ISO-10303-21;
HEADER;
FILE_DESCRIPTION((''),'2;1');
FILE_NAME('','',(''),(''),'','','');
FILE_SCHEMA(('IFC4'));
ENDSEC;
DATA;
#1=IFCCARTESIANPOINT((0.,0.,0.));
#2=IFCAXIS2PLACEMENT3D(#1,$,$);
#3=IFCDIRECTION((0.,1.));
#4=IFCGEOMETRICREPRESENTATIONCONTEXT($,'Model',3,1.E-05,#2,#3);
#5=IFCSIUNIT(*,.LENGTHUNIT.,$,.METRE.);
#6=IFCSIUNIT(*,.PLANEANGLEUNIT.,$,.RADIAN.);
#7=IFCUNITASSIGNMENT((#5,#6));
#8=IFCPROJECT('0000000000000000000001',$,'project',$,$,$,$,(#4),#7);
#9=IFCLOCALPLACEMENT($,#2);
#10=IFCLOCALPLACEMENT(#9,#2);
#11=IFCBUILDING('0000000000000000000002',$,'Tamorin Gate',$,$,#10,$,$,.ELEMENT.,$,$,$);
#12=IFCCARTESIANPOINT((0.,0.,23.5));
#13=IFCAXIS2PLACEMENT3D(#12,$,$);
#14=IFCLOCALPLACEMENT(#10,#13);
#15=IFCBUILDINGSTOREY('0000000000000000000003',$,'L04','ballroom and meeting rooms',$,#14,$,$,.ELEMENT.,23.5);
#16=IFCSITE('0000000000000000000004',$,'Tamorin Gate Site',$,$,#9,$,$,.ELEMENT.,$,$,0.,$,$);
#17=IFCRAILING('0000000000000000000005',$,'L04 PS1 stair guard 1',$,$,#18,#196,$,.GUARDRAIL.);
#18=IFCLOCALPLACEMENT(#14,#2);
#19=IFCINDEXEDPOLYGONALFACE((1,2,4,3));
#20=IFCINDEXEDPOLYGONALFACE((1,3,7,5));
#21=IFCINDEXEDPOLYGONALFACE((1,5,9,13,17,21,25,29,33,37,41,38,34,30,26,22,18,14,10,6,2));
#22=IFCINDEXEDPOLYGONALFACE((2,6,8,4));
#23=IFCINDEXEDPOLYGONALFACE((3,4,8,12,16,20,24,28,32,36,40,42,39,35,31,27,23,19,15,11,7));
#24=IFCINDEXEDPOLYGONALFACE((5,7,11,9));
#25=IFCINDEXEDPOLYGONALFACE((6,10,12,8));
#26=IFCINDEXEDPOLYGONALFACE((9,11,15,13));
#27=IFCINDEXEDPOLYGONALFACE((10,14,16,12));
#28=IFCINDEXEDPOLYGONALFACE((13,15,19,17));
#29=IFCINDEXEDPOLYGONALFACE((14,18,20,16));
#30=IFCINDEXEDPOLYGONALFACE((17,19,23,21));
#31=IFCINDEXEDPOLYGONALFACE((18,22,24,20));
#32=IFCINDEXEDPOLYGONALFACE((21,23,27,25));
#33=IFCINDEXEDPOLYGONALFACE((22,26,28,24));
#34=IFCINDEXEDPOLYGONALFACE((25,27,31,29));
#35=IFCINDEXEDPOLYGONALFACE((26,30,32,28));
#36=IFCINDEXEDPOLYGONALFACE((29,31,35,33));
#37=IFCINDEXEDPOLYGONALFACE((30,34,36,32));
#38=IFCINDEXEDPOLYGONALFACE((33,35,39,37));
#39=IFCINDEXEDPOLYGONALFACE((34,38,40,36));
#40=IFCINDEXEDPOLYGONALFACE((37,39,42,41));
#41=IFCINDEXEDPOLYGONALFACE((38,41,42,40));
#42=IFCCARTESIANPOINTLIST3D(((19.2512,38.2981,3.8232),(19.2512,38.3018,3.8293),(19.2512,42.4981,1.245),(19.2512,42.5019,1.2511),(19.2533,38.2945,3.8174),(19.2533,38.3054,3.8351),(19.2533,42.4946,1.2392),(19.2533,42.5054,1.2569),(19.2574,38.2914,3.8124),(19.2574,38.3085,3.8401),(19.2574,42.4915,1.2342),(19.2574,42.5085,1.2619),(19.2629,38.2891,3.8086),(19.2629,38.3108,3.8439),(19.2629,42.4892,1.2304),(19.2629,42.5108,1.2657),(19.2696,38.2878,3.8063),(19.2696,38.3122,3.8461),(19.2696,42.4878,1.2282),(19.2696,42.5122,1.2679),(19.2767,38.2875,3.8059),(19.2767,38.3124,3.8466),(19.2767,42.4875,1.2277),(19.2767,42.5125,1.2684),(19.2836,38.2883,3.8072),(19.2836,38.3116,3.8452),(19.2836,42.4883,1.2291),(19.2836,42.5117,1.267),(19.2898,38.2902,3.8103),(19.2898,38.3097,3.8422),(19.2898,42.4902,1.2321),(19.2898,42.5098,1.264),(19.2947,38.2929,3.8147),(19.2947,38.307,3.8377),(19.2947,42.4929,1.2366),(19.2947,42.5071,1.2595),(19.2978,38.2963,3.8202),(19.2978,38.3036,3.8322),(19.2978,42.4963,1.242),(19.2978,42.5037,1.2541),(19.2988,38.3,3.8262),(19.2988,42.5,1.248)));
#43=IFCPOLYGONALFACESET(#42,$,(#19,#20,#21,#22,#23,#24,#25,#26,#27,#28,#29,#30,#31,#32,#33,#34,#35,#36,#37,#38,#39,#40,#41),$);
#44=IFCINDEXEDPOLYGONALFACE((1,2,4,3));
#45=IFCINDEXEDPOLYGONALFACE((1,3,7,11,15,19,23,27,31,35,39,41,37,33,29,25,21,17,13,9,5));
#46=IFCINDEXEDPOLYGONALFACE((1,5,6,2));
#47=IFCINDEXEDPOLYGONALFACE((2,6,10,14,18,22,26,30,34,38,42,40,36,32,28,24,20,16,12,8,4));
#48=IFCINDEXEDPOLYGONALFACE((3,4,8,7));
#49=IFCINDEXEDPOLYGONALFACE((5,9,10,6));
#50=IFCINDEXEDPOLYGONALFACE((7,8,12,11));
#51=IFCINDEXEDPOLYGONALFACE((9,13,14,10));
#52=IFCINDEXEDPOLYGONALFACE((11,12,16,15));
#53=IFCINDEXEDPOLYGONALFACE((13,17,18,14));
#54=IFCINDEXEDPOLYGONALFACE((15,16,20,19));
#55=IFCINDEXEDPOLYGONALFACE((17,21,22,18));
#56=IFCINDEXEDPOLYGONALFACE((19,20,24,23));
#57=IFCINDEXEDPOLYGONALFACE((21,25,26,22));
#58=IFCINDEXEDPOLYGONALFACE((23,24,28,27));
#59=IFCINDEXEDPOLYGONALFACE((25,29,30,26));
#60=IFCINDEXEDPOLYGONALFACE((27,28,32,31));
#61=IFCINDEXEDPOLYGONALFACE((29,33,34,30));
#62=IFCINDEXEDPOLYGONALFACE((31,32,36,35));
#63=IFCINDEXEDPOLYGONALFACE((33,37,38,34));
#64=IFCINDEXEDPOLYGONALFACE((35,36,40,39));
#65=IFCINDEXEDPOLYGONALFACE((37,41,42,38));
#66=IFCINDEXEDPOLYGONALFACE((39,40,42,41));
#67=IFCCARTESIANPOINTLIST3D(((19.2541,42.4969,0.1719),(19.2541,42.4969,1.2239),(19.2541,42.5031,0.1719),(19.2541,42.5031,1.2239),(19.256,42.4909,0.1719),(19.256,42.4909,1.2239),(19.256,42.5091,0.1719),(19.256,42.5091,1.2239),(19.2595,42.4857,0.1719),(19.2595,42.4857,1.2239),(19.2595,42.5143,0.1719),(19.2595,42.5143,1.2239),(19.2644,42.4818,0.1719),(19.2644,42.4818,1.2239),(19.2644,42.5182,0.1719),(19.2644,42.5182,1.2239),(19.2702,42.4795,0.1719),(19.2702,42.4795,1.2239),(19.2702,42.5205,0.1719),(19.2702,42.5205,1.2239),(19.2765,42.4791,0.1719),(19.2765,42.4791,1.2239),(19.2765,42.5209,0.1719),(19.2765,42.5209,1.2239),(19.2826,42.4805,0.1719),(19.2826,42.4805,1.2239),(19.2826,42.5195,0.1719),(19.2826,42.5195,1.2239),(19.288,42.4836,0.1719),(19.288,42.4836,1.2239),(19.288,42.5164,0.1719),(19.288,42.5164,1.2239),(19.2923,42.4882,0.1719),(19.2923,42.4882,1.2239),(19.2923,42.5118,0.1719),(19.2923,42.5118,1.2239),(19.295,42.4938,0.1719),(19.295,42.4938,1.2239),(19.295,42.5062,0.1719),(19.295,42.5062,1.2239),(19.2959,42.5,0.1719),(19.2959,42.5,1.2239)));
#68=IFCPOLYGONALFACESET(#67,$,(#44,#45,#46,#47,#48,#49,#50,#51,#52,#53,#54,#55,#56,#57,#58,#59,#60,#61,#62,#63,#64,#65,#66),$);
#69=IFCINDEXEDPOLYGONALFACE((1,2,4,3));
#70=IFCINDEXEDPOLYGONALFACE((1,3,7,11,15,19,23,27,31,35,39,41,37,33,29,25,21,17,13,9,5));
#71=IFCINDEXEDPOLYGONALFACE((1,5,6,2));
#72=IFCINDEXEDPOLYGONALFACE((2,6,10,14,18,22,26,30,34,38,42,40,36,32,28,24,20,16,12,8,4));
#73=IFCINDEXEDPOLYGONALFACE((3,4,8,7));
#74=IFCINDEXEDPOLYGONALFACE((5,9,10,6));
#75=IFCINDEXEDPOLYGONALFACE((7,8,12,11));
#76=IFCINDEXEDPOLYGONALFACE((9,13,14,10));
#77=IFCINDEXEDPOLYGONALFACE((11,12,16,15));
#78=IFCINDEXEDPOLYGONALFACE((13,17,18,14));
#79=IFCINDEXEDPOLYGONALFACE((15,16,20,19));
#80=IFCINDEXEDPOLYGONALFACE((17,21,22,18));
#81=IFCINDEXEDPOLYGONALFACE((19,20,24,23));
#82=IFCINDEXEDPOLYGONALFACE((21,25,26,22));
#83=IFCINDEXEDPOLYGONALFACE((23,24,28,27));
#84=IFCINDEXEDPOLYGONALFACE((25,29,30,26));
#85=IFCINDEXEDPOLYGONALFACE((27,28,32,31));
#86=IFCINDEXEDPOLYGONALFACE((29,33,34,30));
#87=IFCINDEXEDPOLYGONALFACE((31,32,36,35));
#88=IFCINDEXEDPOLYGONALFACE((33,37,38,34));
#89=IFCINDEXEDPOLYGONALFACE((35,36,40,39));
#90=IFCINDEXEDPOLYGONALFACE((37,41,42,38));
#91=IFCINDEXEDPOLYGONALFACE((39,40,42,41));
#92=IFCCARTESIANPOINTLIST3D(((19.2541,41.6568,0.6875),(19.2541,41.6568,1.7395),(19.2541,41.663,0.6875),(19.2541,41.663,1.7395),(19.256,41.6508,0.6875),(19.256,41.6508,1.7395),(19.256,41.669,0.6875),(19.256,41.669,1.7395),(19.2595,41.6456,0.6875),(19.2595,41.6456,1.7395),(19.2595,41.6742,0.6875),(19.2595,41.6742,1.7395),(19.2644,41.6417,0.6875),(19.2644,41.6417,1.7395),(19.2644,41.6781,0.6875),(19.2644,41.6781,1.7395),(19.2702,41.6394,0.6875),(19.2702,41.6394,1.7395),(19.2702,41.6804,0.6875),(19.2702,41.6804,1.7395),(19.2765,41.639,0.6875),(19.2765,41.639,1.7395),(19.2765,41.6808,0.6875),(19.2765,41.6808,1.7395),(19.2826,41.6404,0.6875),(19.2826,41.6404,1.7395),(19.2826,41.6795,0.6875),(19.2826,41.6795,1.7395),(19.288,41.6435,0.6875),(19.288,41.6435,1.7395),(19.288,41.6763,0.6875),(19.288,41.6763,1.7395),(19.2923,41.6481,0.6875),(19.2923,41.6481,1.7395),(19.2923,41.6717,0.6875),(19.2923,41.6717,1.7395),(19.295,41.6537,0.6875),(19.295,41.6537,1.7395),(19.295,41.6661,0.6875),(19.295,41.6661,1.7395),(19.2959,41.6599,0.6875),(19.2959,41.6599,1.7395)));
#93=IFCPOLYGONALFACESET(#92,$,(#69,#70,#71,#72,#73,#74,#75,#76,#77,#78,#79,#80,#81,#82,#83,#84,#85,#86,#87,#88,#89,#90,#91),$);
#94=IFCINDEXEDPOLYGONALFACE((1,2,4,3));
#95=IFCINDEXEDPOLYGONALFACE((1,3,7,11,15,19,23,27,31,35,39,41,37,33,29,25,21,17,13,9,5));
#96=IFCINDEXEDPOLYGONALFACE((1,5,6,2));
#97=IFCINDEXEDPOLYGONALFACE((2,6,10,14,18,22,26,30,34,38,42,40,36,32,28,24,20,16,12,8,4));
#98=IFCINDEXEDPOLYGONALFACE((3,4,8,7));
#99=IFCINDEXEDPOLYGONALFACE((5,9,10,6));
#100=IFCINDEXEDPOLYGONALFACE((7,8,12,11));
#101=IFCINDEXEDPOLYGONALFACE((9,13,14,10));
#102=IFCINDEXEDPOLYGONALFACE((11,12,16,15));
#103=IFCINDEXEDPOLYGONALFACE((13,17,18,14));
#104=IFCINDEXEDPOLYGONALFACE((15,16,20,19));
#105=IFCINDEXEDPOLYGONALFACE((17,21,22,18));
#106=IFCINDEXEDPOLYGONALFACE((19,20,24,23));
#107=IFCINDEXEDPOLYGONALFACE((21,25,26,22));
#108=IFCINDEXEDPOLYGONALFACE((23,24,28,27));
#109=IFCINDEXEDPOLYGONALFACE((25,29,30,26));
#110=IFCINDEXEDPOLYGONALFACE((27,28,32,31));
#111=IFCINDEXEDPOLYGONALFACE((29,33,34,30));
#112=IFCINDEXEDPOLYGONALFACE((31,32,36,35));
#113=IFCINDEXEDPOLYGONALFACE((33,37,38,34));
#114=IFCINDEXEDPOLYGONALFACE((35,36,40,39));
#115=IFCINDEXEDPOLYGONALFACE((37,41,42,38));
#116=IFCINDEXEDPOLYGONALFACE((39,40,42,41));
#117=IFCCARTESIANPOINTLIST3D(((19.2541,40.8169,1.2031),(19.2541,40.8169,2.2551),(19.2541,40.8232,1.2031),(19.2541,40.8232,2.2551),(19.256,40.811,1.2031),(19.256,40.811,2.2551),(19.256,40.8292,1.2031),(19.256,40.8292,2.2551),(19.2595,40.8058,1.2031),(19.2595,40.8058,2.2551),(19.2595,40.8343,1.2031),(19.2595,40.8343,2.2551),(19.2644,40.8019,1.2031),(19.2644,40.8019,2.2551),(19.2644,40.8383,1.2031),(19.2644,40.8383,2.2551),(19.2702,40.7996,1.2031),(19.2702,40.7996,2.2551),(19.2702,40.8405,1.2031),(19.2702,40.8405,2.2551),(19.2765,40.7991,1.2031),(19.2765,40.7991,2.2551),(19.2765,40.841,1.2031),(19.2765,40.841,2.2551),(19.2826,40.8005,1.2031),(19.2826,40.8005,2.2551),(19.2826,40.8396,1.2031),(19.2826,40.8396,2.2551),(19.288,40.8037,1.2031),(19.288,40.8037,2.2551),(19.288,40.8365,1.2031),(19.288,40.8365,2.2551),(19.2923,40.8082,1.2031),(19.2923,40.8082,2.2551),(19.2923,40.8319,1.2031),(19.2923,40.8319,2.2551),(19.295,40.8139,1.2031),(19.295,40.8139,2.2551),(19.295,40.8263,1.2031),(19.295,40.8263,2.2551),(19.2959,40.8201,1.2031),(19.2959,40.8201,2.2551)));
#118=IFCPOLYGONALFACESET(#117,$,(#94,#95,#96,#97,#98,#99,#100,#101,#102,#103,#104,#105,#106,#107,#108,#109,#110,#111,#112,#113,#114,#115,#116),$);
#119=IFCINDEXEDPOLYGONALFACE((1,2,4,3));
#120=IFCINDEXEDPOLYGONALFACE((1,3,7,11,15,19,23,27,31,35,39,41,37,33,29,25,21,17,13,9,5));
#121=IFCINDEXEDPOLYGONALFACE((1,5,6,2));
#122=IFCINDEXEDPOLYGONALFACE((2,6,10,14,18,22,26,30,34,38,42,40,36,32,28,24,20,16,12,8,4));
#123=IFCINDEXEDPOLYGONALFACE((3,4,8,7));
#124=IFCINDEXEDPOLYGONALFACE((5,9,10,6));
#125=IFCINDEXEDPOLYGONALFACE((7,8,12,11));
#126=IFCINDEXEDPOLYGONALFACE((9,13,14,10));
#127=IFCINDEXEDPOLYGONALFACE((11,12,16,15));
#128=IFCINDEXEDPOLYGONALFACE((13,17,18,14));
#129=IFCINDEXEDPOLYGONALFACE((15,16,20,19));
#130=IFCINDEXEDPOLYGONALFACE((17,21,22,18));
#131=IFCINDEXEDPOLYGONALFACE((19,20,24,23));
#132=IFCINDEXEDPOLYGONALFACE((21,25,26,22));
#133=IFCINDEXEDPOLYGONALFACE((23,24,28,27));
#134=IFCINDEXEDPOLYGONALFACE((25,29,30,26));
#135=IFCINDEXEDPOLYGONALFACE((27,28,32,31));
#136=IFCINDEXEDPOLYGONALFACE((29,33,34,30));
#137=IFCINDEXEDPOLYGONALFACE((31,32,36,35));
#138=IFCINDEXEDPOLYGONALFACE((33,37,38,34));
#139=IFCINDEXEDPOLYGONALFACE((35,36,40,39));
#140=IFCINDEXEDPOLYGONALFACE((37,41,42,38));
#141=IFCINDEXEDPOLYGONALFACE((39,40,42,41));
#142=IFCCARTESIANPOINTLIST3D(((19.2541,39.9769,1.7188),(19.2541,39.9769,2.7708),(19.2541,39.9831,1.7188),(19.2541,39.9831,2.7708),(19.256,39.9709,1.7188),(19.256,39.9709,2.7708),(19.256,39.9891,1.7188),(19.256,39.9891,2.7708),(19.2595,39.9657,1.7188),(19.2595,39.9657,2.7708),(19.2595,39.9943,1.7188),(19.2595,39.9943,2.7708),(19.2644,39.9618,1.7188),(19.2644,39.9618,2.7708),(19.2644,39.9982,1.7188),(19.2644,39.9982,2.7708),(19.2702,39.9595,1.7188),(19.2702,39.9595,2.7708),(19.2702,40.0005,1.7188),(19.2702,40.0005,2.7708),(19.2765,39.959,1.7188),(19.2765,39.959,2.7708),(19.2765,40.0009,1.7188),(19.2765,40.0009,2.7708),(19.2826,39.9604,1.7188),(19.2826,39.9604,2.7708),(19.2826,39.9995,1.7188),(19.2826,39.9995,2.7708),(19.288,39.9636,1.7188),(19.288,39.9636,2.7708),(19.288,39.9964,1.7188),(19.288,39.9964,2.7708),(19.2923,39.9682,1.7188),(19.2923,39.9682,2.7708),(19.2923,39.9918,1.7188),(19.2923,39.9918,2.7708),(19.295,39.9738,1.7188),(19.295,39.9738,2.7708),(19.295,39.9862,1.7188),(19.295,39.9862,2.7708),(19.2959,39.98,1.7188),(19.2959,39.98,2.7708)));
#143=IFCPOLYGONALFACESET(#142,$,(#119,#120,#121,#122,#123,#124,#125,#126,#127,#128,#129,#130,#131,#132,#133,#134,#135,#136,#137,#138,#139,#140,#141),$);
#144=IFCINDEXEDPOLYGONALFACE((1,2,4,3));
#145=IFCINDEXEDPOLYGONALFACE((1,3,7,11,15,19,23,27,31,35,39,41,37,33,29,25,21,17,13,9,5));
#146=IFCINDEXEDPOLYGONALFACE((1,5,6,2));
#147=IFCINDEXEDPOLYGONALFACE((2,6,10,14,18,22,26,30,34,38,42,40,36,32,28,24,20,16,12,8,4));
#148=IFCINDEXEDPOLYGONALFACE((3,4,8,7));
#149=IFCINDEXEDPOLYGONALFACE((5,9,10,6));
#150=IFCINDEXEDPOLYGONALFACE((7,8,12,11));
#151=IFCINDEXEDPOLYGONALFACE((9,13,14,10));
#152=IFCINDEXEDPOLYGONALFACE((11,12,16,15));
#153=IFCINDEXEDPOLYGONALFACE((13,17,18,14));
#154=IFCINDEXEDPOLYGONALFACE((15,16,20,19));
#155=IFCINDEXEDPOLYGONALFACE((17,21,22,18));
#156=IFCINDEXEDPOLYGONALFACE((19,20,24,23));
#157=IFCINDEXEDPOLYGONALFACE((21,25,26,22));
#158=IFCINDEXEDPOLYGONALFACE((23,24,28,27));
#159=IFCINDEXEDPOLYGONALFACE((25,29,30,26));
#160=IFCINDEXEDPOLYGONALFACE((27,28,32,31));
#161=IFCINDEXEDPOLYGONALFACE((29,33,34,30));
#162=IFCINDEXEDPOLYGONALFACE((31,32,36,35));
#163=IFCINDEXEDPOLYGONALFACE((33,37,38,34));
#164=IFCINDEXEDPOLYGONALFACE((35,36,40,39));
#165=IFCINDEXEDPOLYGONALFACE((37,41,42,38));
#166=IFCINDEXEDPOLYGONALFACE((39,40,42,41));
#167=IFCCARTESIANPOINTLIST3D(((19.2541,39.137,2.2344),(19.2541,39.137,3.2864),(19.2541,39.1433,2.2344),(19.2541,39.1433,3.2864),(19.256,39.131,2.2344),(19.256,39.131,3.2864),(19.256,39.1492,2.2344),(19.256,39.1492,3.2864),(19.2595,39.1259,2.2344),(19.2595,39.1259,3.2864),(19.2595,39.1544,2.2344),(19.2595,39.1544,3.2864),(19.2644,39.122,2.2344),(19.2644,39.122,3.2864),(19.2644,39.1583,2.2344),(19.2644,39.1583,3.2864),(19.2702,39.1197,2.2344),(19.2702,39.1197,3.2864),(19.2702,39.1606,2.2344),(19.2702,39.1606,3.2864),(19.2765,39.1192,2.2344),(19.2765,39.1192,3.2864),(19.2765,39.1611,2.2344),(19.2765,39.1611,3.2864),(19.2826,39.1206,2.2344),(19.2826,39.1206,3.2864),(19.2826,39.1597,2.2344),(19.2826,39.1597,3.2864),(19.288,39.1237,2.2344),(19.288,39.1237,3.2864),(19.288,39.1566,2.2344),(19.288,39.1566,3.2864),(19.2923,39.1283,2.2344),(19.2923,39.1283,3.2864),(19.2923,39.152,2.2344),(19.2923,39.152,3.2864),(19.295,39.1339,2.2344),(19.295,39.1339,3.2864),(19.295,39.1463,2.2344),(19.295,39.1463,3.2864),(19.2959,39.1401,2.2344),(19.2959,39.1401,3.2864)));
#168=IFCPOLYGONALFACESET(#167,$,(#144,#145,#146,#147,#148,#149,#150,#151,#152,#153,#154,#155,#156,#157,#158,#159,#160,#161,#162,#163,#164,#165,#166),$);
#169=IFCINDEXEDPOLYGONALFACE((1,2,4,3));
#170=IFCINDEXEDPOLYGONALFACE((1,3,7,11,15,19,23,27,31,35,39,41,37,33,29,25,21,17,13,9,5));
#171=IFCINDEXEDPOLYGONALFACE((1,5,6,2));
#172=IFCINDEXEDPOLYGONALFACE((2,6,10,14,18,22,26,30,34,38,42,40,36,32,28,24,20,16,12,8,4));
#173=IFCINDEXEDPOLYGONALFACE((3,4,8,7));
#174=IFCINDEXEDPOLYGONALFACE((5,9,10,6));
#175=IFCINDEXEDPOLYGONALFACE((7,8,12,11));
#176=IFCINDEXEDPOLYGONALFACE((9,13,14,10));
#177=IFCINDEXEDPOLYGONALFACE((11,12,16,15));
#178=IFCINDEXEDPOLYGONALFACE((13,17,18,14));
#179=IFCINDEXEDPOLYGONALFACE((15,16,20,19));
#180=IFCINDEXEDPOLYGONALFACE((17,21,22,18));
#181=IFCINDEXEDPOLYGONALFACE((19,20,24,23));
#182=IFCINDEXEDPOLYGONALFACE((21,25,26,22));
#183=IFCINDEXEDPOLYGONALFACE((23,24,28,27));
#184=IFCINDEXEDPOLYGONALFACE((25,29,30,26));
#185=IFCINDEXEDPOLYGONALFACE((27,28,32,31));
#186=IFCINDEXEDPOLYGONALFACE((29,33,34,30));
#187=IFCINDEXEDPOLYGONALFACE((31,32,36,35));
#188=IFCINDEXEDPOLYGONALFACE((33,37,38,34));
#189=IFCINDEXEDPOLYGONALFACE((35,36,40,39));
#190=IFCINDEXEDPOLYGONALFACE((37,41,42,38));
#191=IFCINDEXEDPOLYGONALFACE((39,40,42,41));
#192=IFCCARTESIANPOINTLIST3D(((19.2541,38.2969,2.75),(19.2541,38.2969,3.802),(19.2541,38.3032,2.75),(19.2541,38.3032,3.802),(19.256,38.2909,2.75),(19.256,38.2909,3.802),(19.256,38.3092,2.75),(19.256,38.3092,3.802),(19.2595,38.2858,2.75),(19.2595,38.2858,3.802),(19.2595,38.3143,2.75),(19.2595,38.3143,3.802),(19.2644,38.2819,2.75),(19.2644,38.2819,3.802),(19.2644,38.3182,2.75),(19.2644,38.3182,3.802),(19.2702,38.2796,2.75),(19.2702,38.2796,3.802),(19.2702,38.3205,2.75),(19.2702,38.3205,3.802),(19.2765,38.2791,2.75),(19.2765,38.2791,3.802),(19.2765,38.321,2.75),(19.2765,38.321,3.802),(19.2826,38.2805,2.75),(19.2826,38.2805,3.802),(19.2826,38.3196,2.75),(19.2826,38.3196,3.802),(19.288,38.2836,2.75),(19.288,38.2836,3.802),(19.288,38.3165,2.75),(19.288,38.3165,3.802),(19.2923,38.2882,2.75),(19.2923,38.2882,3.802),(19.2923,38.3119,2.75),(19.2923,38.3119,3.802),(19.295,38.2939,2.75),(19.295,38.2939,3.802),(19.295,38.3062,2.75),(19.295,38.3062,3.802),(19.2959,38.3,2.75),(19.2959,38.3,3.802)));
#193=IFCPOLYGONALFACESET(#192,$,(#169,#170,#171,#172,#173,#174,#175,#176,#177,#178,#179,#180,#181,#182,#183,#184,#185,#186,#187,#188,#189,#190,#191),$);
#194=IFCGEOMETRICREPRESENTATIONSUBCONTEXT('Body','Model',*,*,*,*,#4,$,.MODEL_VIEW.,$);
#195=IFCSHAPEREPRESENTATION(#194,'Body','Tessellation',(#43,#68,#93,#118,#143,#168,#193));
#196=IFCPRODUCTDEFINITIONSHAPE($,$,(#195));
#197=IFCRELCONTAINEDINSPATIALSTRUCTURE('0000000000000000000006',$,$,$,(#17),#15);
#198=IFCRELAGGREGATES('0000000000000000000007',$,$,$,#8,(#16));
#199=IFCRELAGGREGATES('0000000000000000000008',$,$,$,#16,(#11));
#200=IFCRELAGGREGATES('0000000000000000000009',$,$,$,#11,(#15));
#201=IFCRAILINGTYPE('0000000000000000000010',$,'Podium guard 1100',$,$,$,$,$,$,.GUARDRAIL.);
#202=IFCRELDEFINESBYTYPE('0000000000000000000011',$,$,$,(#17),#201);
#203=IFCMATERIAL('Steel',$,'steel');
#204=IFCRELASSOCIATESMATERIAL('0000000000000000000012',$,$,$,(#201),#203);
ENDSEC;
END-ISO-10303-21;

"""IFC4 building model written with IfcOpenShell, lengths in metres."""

from ifc_helpers import new_model, si_unit, direction, frame, origin, origin_2d, place, context, subcontext, project, spatial, circle, extrude, material, type_object, element, save


model = new_model("IFC4")

# Units and contexts
model_context = context("Model", 3, precision=1e-05, world=origin(), true_north=direction((0.0, 1.0)))
body_context = subcontext(model_context, "Body", "Model", "MODEL_VIEW")
ifc_project = project(units=[si_unit("LENGTHUNIT", "METRE"), si_unit("PLANEANGLEUNIT", "RADIAN")], contexts=[model_context])

# Site, building, storey
site_placement = place(None, origin())
site = spatial("IfcSite", under=ifc_project, at=site_placement, Name="Tamorin Gate Site", CompositionType="ELEMENT", RefElevation=0.0)
building_placement = place(site_placement, origin())
building = spatial("IfcBuilding", under=site, at=building_placement, Name="Tamorin Gate", CompositionType="ELEMENT")
storey_placement = place(building_placement, frame((0.0, 0.0, 23.5)))
storey = spatial("IfcBuildingStorey", under=building, at=storey_placement, Name="L04", Description="ballroom and meeting rooms", CompositionType="ELEMENT", Elevation=23.5)

# Railing
ifc_material_1 = material(Name="Steel", Category="steel")
railing_type_1 = type_object("IfcRailingType", Name="Podium guard 1100", PredefinedType="GUARDRAIL", material=ifc_material_1)
railing_1_placement = place(storey_placement, frame((19.2749, 42.5, 0.1719)))
element("IfcRailing", 1, at=railing_1_placement, inside=storey, type_object=railing_type_1, Name="L04 PS1 stair guard 1", PredefinedType="GUARDRAIL", context=body_context, shape_type="SweptSolid", body=[
    extrude(circle(Radius=0.0239, at=origin_2d()), frame((0.0, 0.0, 1.0762), z_axis=(0.0, -0.852243, 0.523146), x_axis=(1.0, 0.0, 0.0)), (0.0, 0.0, 1.0), 4.9282),
    extrude(circle(Radius=0.021, at=origin_2d()), origin(), (0.0, 0.0, 1.0), 1.052),
    extrude(circle(Radius=0.021, at=origin_2d()), frame((0.0, -0.8401, 0.5156)), (0.0, 0.0, 1.0), 1.052),
    extrude(circle(Radius=0.021, at=origin_2d()), frame((0.0, -1.6799, 1.0312)), (0.0, 0.0, 1.0), 1.052),
    extrude(circle(Radius=0.021, at=origin_2d()), frame((0.0, -2.52, 1.5469)), (0.0, 0.0, 1.0), 1.052),
    extrude(circle(Radius=0.021, at=origin_2d()), frame((0.0, -3.3599, 2.0625)), (0.0, 0.0, 1.0), 1.052),
    extrude(circle(Radius=0.021, at=origin_2d()), frame((0.0, -4.2, 2.5781)), (0.0, 0.0, 1.0), 1.052),
])

save(model, "model.ifc")
